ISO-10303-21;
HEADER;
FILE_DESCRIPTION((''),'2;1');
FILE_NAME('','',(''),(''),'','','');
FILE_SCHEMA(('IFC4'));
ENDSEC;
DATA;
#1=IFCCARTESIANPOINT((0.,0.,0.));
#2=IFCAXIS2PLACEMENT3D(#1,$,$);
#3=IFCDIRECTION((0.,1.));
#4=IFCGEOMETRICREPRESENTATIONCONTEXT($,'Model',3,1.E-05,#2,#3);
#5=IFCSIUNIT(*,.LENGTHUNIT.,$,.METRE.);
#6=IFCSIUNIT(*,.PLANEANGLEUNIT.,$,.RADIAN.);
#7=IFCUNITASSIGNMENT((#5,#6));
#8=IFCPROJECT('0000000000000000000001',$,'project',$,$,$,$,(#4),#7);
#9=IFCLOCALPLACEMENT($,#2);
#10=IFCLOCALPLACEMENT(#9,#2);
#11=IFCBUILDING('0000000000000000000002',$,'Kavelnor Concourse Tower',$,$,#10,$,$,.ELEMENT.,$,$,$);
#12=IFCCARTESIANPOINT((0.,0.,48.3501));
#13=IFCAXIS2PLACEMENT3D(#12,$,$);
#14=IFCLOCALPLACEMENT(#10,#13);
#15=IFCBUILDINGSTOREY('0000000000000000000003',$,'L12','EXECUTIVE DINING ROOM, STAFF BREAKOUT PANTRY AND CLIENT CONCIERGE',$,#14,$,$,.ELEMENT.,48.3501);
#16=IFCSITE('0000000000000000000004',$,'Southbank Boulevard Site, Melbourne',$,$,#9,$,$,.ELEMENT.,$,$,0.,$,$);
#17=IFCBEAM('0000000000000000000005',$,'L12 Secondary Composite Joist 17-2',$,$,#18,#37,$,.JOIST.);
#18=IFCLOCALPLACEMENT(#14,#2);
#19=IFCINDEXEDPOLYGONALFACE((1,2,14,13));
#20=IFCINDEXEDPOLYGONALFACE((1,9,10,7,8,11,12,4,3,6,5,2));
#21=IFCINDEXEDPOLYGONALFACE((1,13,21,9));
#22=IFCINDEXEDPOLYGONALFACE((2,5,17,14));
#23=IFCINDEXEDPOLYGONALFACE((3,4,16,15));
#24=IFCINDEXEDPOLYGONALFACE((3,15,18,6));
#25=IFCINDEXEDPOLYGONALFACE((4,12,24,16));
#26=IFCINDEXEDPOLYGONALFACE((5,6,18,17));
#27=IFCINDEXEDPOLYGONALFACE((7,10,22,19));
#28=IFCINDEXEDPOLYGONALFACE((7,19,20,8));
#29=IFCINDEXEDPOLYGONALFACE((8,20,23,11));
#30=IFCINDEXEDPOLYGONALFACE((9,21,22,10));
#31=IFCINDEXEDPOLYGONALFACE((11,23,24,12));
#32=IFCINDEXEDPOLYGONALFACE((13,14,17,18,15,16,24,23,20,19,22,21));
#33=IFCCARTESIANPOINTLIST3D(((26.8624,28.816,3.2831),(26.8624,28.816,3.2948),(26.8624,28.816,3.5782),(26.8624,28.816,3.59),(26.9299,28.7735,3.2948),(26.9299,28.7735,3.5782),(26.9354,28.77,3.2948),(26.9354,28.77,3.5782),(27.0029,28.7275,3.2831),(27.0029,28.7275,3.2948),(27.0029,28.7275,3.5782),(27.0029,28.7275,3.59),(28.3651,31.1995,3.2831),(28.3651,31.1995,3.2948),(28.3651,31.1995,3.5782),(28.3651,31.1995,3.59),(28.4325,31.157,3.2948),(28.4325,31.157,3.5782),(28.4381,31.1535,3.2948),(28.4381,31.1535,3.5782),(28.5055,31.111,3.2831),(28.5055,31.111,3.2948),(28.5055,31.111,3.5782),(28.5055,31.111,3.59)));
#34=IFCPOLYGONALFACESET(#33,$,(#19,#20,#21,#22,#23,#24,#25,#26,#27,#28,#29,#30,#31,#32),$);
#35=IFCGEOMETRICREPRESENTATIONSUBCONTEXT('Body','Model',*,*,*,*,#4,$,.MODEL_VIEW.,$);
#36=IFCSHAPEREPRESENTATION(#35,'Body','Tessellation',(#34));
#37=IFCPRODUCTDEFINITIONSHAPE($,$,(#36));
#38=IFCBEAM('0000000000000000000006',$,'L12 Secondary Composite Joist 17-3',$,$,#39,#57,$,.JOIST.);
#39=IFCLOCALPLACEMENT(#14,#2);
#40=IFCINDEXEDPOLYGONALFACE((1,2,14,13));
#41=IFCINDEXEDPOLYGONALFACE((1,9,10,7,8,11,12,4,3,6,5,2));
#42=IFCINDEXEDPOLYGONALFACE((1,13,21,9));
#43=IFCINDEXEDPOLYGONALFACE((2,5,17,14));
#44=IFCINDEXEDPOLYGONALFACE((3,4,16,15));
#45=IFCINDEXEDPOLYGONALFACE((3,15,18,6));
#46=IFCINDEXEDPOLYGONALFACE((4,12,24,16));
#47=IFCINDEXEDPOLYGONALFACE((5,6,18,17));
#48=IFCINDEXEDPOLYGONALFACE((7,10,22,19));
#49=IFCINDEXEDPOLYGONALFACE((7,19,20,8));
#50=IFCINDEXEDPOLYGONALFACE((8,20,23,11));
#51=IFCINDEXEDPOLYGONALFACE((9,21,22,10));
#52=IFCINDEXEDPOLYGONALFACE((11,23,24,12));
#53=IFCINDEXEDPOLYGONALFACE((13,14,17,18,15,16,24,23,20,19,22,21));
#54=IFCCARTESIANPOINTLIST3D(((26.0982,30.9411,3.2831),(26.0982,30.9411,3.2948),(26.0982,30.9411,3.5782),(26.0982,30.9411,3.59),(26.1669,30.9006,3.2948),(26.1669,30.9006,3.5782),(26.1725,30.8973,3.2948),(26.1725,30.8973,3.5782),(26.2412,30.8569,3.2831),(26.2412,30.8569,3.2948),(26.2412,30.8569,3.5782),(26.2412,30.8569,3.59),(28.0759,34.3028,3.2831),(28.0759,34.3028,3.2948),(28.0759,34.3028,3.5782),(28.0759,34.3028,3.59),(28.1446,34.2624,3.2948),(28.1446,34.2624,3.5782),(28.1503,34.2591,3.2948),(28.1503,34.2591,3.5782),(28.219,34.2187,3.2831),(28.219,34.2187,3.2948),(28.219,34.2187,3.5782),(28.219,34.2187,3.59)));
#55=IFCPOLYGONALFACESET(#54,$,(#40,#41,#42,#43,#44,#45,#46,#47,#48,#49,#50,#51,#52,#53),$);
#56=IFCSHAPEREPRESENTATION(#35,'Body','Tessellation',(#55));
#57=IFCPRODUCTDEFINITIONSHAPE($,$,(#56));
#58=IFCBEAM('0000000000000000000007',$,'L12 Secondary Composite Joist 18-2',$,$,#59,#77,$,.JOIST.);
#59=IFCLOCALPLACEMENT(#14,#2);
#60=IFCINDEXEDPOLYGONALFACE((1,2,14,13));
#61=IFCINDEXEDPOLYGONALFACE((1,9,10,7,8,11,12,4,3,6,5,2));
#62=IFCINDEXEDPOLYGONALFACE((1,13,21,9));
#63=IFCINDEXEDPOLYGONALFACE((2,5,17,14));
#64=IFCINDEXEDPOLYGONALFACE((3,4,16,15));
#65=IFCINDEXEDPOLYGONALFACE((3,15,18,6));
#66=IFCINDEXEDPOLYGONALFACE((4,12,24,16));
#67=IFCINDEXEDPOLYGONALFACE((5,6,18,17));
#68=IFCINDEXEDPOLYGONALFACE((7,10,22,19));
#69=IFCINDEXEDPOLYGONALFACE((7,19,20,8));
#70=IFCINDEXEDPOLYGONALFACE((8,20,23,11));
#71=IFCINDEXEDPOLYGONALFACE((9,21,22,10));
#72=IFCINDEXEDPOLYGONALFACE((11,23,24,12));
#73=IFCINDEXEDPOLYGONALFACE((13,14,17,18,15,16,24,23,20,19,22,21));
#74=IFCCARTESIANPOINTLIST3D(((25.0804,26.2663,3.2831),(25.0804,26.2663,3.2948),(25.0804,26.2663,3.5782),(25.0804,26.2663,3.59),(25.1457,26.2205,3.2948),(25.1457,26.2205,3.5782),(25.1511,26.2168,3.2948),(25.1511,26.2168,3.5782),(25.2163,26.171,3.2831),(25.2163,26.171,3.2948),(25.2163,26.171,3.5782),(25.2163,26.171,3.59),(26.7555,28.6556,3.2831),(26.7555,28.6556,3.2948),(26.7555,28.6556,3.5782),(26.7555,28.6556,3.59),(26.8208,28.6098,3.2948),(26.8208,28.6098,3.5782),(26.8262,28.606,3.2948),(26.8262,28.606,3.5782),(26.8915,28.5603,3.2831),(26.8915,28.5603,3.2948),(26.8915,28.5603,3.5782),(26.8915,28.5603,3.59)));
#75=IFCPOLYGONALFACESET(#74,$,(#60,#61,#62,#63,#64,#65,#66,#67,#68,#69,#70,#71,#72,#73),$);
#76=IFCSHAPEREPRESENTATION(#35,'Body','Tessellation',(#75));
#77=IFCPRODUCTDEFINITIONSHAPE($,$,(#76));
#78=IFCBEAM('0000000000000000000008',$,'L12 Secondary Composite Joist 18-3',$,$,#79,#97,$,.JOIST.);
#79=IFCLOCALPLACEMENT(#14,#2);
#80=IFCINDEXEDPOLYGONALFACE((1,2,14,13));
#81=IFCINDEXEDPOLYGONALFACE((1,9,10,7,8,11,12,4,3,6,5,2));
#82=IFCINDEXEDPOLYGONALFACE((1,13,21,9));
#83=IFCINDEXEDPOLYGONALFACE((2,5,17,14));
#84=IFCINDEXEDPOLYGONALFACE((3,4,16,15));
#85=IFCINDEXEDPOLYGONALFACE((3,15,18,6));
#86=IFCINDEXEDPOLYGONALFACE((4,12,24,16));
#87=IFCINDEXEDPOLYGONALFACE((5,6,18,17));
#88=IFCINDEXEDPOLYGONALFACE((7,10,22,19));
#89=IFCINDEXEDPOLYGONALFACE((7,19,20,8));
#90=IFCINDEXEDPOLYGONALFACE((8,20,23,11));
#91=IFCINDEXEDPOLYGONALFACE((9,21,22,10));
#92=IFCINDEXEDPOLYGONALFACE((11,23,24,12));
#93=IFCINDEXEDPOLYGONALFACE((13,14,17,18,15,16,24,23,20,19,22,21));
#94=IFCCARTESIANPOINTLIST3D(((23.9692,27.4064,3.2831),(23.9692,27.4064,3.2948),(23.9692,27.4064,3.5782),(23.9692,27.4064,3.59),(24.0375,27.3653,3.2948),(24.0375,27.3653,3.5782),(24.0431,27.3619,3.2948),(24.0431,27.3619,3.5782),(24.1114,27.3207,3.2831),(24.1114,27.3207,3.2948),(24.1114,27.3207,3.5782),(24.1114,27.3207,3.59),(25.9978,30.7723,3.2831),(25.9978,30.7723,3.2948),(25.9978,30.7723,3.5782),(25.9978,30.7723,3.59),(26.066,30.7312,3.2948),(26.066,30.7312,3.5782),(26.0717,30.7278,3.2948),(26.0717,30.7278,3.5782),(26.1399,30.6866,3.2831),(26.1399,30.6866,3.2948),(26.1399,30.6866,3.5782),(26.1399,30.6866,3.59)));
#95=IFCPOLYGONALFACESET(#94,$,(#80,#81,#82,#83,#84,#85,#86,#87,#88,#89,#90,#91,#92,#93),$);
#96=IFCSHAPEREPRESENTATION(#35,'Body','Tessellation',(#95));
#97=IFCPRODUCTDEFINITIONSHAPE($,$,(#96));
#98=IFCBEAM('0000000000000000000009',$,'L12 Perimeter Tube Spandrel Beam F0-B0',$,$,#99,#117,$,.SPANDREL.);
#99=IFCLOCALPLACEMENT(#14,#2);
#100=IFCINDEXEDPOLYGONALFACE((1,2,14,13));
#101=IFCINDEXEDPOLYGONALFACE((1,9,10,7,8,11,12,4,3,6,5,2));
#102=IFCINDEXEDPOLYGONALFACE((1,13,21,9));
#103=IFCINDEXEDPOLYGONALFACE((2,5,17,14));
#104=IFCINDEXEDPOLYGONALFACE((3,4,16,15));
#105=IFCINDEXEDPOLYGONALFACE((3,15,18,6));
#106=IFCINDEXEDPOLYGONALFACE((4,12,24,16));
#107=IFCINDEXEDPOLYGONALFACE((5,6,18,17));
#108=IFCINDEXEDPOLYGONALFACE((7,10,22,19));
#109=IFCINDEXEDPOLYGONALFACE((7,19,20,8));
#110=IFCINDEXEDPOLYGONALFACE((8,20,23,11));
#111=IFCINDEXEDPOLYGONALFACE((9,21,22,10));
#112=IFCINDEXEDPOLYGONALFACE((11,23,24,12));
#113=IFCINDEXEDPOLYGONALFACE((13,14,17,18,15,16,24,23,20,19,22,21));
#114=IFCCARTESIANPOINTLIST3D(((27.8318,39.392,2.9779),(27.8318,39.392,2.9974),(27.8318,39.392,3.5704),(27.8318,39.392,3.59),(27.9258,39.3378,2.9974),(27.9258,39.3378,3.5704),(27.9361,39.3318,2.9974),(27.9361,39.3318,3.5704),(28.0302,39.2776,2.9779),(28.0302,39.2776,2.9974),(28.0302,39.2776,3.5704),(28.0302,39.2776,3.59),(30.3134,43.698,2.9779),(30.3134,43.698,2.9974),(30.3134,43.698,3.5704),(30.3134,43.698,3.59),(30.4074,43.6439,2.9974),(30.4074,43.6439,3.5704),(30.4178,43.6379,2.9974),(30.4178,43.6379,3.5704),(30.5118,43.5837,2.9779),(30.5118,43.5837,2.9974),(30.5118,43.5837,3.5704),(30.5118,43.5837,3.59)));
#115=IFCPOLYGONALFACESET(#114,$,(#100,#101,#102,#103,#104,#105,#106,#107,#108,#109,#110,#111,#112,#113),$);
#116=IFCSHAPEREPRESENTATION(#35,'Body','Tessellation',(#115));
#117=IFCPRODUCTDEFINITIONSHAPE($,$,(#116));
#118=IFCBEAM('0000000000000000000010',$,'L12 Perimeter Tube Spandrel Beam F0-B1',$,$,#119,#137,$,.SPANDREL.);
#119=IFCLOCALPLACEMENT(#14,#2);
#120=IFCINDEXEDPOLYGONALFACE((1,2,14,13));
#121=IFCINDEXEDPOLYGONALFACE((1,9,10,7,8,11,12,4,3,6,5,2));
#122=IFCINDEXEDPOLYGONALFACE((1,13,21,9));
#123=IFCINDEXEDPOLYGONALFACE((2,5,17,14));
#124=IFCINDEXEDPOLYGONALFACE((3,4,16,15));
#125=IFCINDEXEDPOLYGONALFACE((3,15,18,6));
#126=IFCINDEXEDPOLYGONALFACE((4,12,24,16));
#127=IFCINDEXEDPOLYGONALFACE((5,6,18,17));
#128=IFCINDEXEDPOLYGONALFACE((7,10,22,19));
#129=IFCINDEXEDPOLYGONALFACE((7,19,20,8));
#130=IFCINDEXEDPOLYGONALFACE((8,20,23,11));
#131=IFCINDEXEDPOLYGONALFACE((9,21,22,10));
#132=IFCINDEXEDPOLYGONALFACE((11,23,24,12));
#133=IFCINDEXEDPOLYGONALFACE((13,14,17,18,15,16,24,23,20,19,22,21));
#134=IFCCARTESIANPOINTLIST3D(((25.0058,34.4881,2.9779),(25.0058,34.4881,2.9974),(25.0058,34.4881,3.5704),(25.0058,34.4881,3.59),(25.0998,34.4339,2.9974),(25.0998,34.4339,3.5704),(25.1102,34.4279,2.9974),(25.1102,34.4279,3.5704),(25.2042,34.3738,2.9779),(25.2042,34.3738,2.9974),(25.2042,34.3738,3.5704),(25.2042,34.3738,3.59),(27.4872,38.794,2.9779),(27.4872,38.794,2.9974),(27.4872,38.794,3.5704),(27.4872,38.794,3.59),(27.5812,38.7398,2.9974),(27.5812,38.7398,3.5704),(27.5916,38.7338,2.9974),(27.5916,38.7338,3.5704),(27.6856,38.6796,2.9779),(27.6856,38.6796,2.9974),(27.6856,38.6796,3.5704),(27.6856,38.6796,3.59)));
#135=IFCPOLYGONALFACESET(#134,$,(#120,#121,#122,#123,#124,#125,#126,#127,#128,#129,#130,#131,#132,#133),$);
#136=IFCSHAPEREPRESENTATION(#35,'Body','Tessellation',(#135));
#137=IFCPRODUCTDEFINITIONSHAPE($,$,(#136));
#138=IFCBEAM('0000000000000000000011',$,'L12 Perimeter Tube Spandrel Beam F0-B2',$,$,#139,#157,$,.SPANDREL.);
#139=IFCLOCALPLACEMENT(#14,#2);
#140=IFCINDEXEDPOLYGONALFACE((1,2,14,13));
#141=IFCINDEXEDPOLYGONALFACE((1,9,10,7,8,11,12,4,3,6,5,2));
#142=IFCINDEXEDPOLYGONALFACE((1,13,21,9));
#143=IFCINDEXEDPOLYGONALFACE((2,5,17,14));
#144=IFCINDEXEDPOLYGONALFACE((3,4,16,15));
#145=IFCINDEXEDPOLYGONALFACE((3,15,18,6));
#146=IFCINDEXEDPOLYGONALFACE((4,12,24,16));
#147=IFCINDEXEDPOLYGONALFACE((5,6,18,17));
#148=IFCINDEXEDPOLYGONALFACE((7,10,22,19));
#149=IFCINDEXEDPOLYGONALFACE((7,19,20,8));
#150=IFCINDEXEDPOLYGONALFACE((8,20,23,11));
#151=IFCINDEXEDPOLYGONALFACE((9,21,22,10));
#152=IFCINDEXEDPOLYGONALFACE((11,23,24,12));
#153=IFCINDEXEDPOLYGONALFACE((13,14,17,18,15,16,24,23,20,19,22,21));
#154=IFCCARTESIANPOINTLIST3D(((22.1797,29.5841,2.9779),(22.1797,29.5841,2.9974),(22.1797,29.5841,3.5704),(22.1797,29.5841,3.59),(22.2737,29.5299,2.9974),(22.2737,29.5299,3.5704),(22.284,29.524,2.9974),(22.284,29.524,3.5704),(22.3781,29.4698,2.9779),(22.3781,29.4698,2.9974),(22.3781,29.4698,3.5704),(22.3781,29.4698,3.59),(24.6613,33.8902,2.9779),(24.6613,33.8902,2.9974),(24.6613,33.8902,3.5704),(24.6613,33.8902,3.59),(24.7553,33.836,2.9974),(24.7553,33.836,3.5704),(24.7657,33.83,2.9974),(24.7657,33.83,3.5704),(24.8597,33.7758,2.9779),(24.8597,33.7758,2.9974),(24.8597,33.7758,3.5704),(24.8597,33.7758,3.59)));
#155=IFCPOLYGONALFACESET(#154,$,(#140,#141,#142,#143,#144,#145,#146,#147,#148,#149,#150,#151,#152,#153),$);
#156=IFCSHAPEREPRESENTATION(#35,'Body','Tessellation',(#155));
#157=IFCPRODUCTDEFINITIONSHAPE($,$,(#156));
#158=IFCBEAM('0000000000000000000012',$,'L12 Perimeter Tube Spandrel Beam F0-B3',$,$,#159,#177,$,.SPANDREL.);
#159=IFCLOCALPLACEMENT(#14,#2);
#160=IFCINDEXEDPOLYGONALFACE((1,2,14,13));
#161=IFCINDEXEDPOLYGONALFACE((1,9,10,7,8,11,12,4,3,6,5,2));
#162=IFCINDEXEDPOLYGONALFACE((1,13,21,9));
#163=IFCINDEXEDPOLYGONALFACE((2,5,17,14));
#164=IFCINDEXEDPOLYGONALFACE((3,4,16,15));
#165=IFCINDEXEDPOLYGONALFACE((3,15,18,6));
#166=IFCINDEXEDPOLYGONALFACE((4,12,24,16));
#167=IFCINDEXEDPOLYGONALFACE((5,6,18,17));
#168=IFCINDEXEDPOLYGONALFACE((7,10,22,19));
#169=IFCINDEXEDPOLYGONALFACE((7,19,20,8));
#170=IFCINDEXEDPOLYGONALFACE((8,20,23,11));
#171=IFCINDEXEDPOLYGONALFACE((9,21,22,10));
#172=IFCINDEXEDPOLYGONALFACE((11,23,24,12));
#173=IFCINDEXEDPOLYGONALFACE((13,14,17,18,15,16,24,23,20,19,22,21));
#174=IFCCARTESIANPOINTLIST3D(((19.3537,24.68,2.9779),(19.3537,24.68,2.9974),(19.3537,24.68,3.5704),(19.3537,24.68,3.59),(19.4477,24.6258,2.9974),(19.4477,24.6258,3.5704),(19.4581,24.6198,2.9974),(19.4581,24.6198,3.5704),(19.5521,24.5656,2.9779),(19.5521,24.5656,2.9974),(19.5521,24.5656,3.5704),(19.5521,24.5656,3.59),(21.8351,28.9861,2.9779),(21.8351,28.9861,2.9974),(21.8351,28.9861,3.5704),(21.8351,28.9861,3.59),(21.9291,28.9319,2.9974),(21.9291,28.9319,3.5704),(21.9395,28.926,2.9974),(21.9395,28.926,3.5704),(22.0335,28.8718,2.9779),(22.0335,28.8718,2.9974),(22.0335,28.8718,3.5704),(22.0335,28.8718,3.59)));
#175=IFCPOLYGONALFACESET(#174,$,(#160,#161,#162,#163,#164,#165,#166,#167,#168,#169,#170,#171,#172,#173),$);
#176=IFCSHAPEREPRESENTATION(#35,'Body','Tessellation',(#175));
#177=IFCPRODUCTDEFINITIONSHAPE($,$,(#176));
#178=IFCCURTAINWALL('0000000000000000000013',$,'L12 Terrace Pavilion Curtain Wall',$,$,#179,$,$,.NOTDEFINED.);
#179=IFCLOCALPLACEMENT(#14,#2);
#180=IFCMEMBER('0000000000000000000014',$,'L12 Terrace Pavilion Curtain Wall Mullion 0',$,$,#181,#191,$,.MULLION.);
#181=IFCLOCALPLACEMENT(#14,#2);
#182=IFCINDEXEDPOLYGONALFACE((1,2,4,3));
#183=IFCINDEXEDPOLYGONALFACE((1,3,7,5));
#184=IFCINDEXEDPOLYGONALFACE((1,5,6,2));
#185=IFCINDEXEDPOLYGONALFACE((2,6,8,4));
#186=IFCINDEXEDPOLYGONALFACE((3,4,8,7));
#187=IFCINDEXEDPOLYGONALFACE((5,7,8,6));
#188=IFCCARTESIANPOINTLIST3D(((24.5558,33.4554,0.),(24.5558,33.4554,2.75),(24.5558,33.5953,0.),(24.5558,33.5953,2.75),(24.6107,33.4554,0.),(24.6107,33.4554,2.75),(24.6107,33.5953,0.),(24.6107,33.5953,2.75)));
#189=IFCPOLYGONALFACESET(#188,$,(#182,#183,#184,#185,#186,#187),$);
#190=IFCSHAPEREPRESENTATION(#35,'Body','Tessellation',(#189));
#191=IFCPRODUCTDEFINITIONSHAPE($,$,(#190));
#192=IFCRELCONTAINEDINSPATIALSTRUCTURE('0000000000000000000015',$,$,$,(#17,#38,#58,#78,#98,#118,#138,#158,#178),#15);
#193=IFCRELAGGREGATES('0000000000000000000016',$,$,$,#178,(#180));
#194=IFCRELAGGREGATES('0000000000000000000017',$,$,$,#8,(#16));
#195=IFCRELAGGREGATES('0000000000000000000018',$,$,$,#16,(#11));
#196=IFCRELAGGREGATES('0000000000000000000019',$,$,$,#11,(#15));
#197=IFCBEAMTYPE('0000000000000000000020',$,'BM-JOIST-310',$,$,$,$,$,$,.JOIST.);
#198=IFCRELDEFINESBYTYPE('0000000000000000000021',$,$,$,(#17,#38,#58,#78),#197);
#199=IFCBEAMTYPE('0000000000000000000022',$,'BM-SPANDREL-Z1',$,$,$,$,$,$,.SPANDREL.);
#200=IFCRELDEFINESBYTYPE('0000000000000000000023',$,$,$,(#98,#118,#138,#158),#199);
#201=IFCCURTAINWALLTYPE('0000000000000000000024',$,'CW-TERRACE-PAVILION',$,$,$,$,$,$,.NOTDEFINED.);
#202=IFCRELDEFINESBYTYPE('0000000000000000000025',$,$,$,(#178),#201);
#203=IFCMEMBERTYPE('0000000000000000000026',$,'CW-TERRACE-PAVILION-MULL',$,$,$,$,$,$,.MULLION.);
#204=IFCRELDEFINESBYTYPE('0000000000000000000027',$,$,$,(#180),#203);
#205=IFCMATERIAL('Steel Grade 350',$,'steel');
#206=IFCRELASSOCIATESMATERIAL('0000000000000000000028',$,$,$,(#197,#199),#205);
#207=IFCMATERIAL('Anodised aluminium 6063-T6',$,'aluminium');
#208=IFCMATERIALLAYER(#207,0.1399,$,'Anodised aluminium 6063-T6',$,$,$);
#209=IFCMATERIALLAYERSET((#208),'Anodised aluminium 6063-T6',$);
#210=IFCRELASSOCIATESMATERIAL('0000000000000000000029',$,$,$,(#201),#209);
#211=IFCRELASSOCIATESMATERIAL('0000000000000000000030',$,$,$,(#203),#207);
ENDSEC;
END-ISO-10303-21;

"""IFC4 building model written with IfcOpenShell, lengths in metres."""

from ifc_helpers import new_model, si_unit, direction, frame, origin, origin_2d, place, context, subcontext, project, spatial, rectangle, i_section, extrude, material, layer, layer_set, material_profile, profile_set, type_object, element, aggregate, save


model = new_model("IFC4")

# Units and contexts
model_context = context("Model", 3, precision=1e-05, world=origin(), true_north=direction((0.0, 1.0)))
body_context = subcontext(model_context, "Body", "Model", "MODEL_VIEW")
ifc_project = project(units=[si_unit("LENGTHUNIT", "METRE"), si_unit("PLANEANGLEUNIT", "RADIAN")], contexts=[model_context])

# Site, building, storey
site_placement = place(None, origin())
site = spatial("IfcSite", under=ifc_project, at=site_placement, Name="Southbank Boulevard Site, Melbourne", CompositionType="ELEMENT", RefElevation=0.0)
building_placement = place(site_placement, origin())
building = spatial("IfcBuilding", under=site, at=building_placement, Name="Kavelnor Concourse Tower", CompositionType="ELEMENT")
storey_placement = place(building_placement, frame((0.0, 0.0, 48.3501)))
storey = spatial("IfcBuildingStorey", under=building, at=storey_placement, Name="L12", Description="EXECUTIVE DINING ROOM, STAFF BREAKOUT PANTRY AND CLIENT CONCIERGE", CompositionType="ELEMENT", Elevation=48.3501)

# Shared definitions
ifc_material_1 = material(Name="Steel Grade 350", Category="steel")

# Beams
ifc_material_profile_1 = material_profile(ifc_material_1, i_section(OverallWidth=0.166, OverallDepth=0.3069, WebThickness=0.0066, FlangeThickness=0.0117, at=origin_2d()), Name="310UB46")
ifc_profile_set_1 = profile_set([ifc_material_profile_1], Name="Steel Grade 350")
beam_type_1 = type_object("IfcBeamType", Name="BM-JOIST-310", PredefinedType="JOIST", material=ifc_profile_set_1)
beam_1_placement = place(storey_placement, frame((28.4353, 31.1553, 3.4365), z_axis=(-0.533305, -0.845923, 0.0), x_axis=(0.845923, -0.533305, 0.0)))
element("IfcBeam", 1, at=beam_1_placement, inside=storey, type_object=beam_type_1, Name="L12 Secondary Composite Joist 17-2", PredefinedType="JOIST", context=body_context, shape_type="SweptSolid", body=[
    extrude(i_section(OverallWidth=0.166, OverallDepth=0.3069, WebThickness=0.0066, FlangeThickness=0.0117, at=origin_2d()), origin(), (0.0, 0.0, 1.0), 2.8176),
])
beam_2_placement = place(storey_placement, frame((28.1475, 34.2607, 3.4365), z_axis=(-0.507067, -0.861907, 0.0), x_axis=(0.861907, -0.507067, 0.0)))
element("IfcBeam", 2, at=beam_2_placement, inside=storey, type_object=beam_type_1, Name="L12 Secondary Composite Joist 17-3", PredefinedType="JOIST", context=body_context, shape_type="SweptSolid", body=[
    extrude(i_section(OverallWidth=0.166, OverallDepth=0.3069, WebThickness=0.0066, FlangeThickness=0.0117, at=origin_2d()), origin(), (0.0, 0.0, 1.0), 3.9004),
])
beam_3_placement = place(storey_placement, frame((26.8235, 28.6079, 3.4365), z_axis=(-0.574069, -0.818807, 0.0), x_axis=(0.818807, -0.574069, 0.0)))
element("IfcBeam", 3, at=beam_3_placement, inside=storey, type_object=beam_type_1, Name="L12 Secondary Composite Joist 18-2", PredefinedType="JOIST", context=body_context, shape_type="SweptSolid", body=[
    extrude(i_section(OverallWidth=0.166, OverallDepth=0.3069, WebThickness=0.0066, FlangeThickness=0.0117, at=origin_2d()), origin(), (0.0, 0.0, 1.0), 2.918),
])
beam_4_placement = place(storey_placement, frame((26.0688, 30.7295, 3.4365), z_axis=(-0.516176, -0.856483, 0.0), x_axis=(0.856483, -0.516176, 0.0)))
element("IfcBeam", 4, at=beam_4_placement, inside=storey, type_object=beam_type_1, Name="L12 Secondary Composite Joist 18-3", PredefinedType="JOIST", context=body_context, shape_type="SweptSolid", body=[
    extrude(i_section(OverallWidth=0.166, OverallDepth=0.3069, WebThickness=0.0066, FlangeThickness=0.0117, at=origin_2d()), origin(), (0.0, 0.0, 1.0), 3.9299),
])
ifc_material_profile_2 = material_profile(ifc_material_1, i_section(OverallWidth=0.229, OverallDepth=0.6121, WebThickness=0.012, FlangeThickness=0.0195, at=origin_2d()), Name="610UB125")
ifc_profile_set_2 = profile_set([ifc_material_profile_2], Name="Steel Grade 350")
beam_type_2 = type_object("IfcBeamType", Name="BM-SPANDREL-Z1", PredefinedType="SPANDREL", material=ifc_profile_set_2)
beam_5_placement = place(storey_placement, frame((30.4126, 43.6409, 3.2839), z_axis=(-0.499325, -0.866414, 0.0), x_axis=(0.866414, -0.499325, 0.0)))
element("IfcBeam", 5, at=beam_5_placement, inside=storey, type_object=beam_type_2, Name="L12 Perimeter Tube Spandrel Beam F0-B0", PredefinedType="SPANDREL", context=body_context, shape_type="SweptSolid", body=[
    extrude(i_section(OverallWidth=0.229, OverallDepth=0.6121, WebThickness=0.012, FlangeThickness=0.0195, at=origin_2d()), origin(), (0.0, 0.0, 1.0), 4.97),
])
beam_6_placement = place(storey_placement, frame((27.5864, 38.7368, 3.2839), z_axis=(-0.49931, -0.866423, 0.0), x_axis=(0.866423, -0.49931, 0.0)))
element("IfcBeam", 6, at=beam_6_placement, inside=storey, type_object=beam_type_2, Name="L12 Perimeter Tube Spandrel Beam F0-B1", PredefinedType="SPANDREL", context=body_context, shape_type="SweptSolid", body=[
    extrude(i_section(OverallWidth=0.229, OverallDepth=0.6121, WebThickness=0.012, FlangeThickness=0.0195, at=origin_2d()), origin(), (0.0, 0.0, 1.0), 4.9697),
])
for number, where, z_axis, x_axis, name in (
    (7, (24.7605, 33.833, 3.2839), (-0.499325, -0.866414, 0.0), (0.866414, -0.499325, 0.0), "L12 Perimeter Tube Spandrel Beam F0-B2"),
    (8, (21.9343, 28.929, 3.2839), (-0.499289, -0.866436, 0.0), (0.866436, -0.499289, 0.0), "L12 Perimeter Tube Spandrel Beam F0-B3"),
):
    element("IfcBeam", number, at=place(storey_placement, frame(where, z_axis=z_axis, x_axis=x_axis)), inside=storey, type_object=beam_type_2, Name=name, PredefinedType="SPANDREL", context=body_context, shape_type="SweptSolid", body=[
        extrude(i_section(OverallWidth=0.229, OverallDepth=0.6121, WebThickness=0.012, FlangeThickness=0.0195, at=origin_2d()), origin(), (0.0, 0.0, 1.0), 4.97),
    ])

# Curtain wall, member
ifc_material_2 = material(Name="Anodised aluminium 6063-T6", Category="aluminium")
ifc_layer_1 = layer(ifc_material_2, 0.1399, Name="Anodised aluminium 6063-T6")
ifc_layer_set_1 = layer_set([ifc_layer_1], Name="Anodised aluminium 6063-T6")
curtain_wall_type = type_object("IfcCurtainWallType", Name="CW-TERRACE-PAVILION", PredefinedType="NOTDEFINED", material=ifc_layer_set_1)
curtain_wall_placement = place(storey_placement, origin())
curtain_wall = element("IfcCurtainWall", 9, at=curtain_wall_placement, inside=storey, type_object=curtain_wall_type, Name="L12 Terrace Pavilion Curtain Wall", PredefinedType="NOTDEFINED")
ifc_material_profile_3 = material_profile(ifc_material_2, rectangle(XDim=0.0549, YDim=0.1399, at=origin_2d()), Name="AL-MULL 55x140")
ifc_profile_set_3 = profile_set([ifc_material_profile_3], Name="Anodised aluminium 6063-T6")
member_type_1 = type_object("IfcMemberType", Name="CW-TERRACE-PAVILION-MULL", PredefinedType="MULLION", material=ifc_profile_set_3)
member_1_placement = place(storey_placement, frame((24.5833, 33.5254, 0.0), z_axis=(0.0, 0.0, 1.0), x_axis=(1.0, 0.0, 0.0)))
member_1 = element("IfcMember", 10, at=member_1_placement, type_object=member_type_1, Name="L12 Terrace Pavilion Curtain Wall Mullion 0", PredefinedType="MULLION", context=body_context, shape_type="SweptSolid", body=[
    extrude(rectangle(XDim=0.0549, YDim=0.1399, at=origin_2d()), origin(), (0.0, 0.0, 1.0), 2.75),
])

aggregate(curtain_wall, [member_1])

save(model, "model.ifc")
